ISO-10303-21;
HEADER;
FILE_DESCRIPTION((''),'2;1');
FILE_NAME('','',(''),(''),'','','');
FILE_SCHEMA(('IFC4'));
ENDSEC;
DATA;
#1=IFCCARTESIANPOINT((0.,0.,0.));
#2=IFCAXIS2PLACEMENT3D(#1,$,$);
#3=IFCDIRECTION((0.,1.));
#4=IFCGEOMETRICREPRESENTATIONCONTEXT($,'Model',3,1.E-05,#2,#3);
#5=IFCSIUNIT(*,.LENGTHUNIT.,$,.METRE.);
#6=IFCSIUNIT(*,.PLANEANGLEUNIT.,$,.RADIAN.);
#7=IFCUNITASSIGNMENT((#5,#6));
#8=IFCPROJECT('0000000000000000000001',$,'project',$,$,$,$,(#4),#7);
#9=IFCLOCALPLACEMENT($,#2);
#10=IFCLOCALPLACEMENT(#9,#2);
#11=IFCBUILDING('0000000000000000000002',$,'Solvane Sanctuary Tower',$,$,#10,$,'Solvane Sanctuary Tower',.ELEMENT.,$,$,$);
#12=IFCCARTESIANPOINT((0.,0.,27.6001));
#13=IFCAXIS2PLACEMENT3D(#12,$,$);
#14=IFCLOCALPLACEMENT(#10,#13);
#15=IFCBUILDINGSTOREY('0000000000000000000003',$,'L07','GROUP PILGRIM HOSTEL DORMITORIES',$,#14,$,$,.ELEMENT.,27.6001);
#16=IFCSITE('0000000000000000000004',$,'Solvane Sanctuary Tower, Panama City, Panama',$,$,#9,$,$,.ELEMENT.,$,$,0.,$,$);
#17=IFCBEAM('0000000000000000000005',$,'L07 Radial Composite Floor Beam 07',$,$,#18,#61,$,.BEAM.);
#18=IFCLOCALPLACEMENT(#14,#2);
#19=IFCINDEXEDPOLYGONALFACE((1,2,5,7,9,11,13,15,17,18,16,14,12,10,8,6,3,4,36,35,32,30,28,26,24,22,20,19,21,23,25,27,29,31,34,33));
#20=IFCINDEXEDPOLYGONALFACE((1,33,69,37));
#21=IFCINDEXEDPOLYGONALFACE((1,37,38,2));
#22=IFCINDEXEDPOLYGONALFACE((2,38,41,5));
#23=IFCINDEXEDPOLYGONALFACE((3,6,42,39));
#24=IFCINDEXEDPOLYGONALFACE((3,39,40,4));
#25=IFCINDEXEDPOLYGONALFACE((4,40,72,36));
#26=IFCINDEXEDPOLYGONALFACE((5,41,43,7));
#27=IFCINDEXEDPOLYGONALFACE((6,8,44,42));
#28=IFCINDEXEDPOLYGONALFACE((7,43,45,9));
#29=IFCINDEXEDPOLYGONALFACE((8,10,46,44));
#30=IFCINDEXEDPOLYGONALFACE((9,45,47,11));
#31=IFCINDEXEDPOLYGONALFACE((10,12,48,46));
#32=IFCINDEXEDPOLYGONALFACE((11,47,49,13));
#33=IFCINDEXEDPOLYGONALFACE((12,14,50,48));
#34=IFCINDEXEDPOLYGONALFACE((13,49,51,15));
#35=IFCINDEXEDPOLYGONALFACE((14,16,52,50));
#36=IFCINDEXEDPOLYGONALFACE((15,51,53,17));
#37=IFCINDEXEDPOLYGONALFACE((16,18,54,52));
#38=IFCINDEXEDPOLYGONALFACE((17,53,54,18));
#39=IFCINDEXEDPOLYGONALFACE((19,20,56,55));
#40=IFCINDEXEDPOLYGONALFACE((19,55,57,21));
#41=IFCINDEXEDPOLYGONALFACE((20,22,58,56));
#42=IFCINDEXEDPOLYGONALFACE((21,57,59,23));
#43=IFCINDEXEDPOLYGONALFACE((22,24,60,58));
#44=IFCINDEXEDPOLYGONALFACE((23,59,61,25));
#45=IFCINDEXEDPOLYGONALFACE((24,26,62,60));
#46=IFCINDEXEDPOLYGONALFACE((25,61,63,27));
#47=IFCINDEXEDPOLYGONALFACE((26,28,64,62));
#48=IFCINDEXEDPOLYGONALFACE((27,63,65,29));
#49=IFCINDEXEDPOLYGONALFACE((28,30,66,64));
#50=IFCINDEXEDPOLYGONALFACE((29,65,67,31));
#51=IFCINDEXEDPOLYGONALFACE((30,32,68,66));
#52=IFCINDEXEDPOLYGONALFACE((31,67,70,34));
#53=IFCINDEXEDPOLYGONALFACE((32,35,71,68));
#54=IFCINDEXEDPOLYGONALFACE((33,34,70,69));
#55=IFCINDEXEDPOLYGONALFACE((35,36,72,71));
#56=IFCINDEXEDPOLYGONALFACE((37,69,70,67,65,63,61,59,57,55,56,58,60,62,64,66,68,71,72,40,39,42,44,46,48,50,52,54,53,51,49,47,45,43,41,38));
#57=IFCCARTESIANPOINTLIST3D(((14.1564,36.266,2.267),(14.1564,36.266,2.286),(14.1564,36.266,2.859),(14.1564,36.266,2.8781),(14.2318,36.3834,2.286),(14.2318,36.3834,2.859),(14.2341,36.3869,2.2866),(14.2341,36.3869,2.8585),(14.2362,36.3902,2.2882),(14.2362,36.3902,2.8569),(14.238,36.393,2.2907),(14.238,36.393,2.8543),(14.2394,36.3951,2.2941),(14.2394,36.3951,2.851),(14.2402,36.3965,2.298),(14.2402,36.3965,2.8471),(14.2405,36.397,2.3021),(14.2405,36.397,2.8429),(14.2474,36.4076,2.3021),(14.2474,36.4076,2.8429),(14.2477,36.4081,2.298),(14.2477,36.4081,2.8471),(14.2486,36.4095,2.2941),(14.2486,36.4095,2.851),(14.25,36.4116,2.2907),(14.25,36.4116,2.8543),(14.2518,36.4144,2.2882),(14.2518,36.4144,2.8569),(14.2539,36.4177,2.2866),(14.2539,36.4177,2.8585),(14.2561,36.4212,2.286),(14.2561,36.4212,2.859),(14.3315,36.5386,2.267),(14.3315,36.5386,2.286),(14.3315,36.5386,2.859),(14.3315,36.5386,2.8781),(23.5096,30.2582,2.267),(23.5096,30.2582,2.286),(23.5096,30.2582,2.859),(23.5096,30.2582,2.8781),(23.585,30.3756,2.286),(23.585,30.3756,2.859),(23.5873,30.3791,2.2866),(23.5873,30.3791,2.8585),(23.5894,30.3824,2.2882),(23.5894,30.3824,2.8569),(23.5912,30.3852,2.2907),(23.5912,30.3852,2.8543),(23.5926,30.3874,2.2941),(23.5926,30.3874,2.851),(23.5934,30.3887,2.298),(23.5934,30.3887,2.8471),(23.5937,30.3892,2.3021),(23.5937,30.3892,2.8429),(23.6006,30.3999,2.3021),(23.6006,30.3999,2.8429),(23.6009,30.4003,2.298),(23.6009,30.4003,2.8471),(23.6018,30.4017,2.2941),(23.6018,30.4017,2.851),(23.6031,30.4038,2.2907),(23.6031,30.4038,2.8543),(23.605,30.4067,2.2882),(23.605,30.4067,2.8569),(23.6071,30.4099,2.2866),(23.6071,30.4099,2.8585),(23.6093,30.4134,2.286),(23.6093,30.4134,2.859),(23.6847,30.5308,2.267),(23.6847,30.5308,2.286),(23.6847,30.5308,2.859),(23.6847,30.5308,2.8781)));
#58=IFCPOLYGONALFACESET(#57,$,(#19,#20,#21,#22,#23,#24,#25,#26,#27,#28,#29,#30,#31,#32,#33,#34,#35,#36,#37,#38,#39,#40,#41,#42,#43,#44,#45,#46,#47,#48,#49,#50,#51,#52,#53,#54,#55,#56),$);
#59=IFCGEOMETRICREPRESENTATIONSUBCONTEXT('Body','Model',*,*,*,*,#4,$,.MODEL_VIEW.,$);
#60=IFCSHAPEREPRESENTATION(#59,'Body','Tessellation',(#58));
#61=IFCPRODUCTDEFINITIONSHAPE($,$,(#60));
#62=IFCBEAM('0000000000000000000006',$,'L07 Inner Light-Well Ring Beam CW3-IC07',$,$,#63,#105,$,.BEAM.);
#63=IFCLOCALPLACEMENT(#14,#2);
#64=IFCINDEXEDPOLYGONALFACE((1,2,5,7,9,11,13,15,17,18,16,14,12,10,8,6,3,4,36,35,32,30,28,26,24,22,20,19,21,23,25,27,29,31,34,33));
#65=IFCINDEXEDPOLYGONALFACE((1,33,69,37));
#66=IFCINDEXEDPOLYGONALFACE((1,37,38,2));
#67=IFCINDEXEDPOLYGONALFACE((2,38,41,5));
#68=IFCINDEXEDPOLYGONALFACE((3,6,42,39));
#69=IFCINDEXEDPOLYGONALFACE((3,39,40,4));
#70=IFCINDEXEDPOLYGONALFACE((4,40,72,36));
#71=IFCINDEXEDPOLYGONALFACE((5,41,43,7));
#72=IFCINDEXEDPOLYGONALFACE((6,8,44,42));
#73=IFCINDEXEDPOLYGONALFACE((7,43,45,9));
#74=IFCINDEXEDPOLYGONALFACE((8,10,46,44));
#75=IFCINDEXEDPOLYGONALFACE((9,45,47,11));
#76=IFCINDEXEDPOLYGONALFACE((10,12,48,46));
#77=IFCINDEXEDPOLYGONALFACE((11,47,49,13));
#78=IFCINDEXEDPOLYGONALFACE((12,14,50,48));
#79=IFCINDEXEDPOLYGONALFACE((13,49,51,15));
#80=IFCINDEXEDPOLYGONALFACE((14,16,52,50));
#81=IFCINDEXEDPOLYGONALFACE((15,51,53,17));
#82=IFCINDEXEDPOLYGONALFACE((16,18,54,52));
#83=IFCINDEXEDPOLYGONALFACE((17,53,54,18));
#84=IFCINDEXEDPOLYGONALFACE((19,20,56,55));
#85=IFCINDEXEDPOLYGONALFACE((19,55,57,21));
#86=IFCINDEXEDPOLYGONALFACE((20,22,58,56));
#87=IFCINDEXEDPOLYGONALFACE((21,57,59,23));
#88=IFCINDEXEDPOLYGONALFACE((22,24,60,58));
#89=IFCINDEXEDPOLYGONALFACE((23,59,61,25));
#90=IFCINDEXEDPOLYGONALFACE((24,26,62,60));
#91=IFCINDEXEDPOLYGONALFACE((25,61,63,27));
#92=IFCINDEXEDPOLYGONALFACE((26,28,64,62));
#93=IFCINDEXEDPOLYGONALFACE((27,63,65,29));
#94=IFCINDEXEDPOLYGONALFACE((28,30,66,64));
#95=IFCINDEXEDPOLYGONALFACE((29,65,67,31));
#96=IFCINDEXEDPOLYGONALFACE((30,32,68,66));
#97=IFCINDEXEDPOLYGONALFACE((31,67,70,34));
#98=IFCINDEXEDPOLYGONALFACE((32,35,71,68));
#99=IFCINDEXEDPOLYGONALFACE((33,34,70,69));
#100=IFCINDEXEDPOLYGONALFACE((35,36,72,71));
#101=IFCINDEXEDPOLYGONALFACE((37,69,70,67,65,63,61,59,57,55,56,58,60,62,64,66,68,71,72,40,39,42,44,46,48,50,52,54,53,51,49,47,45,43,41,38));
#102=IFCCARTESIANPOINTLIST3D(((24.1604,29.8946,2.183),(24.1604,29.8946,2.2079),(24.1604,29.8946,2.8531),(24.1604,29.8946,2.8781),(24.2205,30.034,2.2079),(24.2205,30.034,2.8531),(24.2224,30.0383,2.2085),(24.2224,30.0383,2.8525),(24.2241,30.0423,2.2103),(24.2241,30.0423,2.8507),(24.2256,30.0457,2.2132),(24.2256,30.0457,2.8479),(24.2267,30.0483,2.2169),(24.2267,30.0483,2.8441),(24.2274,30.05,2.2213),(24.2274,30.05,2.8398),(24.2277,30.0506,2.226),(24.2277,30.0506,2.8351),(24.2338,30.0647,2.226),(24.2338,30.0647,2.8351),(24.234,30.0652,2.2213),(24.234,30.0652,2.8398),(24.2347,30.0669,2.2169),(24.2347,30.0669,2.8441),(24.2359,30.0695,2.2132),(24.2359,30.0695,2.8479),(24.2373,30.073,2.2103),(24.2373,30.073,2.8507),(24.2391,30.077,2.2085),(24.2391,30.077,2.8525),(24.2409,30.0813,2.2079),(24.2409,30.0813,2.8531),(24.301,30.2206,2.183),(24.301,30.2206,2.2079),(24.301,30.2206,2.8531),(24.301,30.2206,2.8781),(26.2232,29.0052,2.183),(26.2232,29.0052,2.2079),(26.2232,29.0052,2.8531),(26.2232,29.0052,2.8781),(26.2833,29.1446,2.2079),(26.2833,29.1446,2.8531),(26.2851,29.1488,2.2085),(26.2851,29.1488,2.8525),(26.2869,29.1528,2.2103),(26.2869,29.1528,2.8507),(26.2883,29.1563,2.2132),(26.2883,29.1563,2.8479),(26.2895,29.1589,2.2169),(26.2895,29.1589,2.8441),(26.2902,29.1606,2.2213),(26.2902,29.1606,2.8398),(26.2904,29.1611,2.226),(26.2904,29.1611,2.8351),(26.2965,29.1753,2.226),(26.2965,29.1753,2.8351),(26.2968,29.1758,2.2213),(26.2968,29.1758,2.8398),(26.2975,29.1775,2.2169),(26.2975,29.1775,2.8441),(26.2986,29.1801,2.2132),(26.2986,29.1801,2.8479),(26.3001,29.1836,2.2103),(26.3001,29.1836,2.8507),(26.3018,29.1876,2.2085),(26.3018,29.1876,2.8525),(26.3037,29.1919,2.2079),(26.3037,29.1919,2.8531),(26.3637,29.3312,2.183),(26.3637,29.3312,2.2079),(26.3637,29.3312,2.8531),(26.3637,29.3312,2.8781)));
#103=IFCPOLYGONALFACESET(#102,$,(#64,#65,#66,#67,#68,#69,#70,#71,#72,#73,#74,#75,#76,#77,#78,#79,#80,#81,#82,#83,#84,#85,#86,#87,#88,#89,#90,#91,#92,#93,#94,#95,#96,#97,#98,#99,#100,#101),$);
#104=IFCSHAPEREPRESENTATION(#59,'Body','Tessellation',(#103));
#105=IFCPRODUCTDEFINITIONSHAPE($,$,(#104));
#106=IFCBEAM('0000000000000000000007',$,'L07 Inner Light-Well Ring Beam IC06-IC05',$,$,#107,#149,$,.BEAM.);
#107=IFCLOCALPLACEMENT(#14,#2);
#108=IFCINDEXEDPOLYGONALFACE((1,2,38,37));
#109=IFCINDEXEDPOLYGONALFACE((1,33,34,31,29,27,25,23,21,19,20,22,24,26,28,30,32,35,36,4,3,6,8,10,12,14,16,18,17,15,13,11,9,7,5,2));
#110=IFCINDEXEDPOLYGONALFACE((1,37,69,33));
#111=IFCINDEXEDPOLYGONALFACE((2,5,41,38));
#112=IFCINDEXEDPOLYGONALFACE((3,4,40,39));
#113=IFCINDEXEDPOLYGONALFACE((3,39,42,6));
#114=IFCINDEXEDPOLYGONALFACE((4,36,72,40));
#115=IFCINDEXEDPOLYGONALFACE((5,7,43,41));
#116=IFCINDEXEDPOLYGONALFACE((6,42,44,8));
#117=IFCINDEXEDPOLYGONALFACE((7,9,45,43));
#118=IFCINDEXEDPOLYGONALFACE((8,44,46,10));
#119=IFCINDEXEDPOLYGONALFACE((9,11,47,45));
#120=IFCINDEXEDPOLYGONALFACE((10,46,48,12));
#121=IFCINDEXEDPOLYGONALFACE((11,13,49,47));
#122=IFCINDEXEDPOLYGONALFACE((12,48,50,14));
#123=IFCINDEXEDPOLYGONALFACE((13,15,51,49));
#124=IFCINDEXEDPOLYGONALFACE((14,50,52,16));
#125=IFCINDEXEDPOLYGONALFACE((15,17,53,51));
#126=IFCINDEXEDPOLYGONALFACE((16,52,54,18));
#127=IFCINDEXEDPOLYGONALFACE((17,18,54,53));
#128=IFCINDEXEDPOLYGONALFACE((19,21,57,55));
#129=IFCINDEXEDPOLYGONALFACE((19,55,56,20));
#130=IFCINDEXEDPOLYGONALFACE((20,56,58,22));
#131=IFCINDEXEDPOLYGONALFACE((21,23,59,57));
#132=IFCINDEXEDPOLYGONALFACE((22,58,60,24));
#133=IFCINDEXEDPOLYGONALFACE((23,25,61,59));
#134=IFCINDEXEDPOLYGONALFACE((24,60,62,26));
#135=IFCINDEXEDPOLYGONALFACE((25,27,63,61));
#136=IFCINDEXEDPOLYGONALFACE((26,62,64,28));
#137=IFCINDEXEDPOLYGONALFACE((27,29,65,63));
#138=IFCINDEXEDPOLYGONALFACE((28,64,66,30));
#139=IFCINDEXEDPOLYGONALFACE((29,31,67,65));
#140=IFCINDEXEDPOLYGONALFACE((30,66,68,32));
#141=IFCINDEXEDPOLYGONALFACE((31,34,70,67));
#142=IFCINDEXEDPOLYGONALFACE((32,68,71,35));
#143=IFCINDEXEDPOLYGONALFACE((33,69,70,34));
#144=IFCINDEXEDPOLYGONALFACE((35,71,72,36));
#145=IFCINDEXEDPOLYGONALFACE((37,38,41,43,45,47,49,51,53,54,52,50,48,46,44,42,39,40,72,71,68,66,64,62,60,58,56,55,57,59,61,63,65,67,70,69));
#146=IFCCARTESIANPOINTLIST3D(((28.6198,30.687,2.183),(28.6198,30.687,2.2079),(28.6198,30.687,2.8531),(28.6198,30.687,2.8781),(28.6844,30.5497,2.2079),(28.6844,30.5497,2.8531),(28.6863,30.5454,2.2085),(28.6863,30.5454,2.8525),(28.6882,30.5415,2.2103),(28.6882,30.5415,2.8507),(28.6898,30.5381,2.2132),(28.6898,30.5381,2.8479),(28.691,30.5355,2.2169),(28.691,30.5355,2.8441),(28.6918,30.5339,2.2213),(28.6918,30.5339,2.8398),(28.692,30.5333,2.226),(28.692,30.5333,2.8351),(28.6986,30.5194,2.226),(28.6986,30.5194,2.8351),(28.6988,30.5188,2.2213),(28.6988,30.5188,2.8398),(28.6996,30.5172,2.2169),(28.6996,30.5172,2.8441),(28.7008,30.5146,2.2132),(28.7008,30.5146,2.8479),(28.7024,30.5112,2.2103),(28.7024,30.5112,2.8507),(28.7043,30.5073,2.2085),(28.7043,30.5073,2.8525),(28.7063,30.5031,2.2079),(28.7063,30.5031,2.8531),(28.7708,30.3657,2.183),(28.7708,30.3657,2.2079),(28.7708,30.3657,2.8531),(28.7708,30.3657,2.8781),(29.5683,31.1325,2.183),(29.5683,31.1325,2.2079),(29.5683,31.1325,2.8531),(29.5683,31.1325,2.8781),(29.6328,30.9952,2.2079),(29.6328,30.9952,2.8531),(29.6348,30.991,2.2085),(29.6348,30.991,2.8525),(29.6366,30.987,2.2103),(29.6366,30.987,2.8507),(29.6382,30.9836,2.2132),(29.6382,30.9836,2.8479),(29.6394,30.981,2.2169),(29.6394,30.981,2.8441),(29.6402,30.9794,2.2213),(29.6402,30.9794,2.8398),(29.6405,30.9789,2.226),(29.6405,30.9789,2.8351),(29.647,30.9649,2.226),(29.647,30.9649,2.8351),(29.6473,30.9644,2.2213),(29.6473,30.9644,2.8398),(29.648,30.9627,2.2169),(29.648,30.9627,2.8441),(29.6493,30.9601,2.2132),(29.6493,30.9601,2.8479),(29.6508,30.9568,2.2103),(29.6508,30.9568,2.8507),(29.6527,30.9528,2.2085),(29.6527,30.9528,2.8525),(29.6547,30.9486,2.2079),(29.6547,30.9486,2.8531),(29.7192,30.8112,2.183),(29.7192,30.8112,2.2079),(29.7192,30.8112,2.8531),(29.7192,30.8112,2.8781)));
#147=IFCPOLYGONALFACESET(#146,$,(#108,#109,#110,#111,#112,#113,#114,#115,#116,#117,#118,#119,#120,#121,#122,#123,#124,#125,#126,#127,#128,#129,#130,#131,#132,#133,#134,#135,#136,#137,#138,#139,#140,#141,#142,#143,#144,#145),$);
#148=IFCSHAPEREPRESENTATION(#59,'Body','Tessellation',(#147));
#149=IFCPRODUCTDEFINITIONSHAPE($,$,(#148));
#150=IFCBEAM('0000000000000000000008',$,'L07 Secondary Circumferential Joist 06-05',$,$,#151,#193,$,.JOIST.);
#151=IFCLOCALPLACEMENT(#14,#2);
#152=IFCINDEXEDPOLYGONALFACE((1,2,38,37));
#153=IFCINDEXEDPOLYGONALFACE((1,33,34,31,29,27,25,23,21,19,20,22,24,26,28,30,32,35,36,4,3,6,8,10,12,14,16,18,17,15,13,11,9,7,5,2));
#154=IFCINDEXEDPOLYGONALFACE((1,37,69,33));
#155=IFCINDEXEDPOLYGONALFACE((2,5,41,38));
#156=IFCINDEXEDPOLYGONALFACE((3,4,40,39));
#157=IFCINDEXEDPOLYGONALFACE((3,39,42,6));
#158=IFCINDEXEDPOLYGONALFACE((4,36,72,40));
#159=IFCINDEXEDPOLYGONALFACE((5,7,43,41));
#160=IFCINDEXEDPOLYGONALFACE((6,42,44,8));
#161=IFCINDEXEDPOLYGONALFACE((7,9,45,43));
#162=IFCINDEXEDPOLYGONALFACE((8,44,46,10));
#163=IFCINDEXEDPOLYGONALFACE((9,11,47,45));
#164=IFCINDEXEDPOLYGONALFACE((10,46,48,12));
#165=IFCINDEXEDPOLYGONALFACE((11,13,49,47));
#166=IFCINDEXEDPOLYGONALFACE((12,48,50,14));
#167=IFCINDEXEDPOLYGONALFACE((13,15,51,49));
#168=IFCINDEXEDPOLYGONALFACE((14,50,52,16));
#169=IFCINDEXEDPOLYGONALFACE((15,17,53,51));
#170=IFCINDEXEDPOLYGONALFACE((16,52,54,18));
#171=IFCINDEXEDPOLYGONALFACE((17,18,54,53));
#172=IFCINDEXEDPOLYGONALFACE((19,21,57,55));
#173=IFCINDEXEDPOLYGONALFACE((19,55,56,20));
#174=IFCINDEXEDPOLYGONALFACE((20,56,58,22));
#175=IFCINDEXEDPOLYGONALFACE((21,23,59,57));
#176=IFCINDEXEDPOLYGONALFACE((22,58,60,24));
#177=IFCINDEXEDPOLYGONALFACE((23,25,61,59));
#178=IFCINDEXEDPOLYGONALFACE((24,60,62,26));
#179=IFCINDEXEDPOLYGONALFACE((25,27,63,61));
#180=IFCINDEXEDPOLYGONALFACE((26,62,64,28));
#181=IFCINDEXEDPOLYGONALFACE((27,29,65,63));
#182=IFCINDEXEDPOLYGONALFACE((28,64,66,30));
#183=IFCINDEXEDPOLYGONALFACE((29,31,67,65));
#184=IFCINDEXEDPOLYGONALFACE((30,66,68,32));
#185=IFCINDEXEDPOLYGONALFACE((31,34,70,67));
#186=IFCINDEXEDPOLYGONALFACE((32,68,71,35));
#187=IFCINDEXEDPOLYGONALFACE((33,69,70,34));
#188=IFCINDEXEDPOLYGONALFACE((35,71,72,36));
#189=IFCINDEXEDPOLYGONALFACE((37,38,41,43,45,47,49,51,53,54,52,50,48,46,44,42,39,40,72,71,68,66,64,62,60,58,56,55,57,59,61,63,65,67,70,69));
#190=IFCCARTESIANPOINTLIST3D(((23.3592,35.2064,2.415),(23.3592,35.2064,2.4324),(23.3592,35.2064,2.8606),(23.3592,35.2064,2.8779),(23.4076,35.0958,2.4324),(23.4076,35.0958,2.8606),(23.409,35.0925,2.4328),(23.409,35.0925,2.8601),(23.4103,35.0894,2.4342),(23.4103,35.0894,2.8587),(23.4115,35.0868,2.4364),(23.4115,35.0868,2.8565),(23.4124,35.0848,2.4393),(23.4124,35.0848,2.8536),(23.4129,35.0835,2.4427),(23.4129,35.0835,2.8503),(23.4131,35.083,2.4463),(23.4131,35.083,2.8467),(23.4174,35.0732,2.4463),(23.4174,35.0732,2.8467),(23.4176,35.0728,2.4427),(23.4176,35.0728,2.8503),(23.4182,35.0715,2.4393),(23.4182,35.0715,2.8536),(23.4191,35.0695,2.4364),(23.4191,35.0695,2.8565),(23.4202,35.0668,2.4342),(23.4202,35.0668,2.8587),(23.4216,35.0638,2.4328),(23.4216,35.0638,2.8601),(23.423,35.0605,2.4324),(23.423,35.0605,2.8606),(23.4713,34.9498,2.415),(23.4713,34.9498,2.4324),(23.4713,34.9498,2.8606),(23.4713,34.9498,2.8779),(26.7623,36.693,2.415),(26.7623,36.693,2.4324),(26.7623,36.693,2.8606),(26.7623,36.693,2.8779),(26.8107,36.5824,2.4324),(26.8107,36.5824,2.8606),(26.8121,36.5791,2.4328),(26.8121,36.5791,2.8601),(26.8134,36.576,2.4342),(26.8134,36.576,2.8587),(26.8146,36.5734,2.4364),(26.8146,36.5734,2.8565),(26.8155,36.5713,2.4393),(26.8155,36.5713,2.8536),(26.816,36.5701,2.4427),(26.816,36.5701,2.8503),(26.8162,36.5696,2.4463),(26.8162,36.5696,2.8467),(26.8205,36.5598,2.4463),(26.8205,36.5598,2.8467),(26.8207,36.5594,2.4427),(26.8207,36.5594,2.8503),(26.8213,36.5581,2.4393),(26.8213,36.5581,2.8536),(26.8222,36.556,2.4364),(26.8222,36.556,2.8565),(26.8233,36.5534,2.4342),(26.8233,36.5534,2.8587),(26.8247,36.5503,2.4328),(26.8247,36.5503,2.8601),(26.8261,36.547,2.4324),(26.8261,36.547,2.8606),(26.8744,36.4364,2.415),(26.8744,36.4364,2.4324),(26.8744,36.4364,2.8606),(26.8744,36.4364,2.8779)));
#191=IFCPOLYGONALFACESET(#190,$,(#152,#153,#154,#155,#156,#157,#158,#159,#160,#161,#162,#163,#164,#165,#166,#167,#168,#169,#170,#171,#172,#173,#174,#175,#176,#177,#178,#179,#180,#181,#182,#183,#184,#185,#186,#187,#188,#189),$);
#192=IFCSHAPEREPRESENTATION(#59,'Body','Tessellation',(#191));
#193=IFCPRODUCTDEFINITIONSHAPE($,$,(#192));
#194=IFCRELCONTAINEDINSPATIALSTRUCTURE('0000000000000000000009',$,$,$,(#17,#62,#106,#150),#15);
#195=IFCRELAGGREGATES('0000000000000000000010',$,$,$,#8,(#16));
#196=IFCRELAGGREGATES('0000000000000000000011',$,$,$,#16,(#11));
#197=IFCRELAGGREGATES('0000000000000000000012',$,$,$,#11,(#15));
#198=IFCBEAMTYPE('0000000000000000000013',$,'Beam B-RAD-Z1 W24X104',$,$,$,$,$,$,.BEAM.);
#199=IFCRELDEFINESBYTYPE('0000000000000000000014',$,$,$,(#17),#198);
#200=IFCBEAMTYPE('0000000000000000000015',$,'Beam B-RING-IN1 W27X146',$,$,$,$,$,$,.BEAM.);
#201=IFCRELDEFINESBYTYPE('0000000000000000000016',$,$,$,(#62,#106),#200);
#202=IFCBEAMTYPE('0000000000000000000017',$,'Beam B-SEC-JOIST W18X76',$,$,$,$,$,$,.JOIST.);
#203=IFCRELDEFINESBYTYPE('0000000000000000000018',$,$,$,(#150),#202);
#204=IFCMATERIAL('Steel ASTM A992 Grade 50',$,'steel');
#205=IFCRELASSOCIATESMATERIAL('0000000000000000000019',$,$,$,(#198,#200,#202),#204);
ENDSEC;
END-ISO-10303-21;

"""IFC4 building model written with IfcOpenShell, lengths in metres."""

from ifc_helpers import new_model, si_unit, direction, frame, origin, origin_2d, place, context, subcontext, project, spatial, i_section, extrude, material, material_profile, profile_set, type_object, element, save


model = new_model("IFC4")

# Units and contexts
model_context = context("Model", 3, precision=1e-05, world=origin(), true_north=direction((0.0, 1.0)))
body_context = subcontext(model_context, "Body", "Model", "MODEL_VIEW")
ifc_project = project(units=[si_unit("LENGTHUNIT", "METRE"), si_unit("PLANEANGLEUNIT", "RADIAN")], contexts=[model_context])

# Site, building, storey
site_placement = place(None, origin())
site = spatial("IfcSite", under=ifc_project, at=site_placement, Name="Solvane Sanctuary Tower, Panama City, Panama", CompositionType="ELEMENT", RefElevation=0.0)
building_placement = place(site_placement, origin())
building = spatial("IfcBuilding", under=site, at=building_placement, Name="Solvane Sanctuary Tower", LongName="Solvane Sanctuary Tower", CompositionType="ELEMENT")
storey_placement = place(building_placement, frame((0.0, 0.0, 27.6001)))
storey = spatial("IfcBuildingStorey", under=building, at=storey_placement, Name="L07", Description="GROUP PILGRIM HOSTEL DORMITORIES", CompositionType="ELEMENT", Elevation=27.6001)

# Beams
ifc_material_1 = material(Name="Steel ASTM A992 Grade 50", Category="steel")
ifc_material_profile_1 = material_profile(ifc_material_1, i_section(OverallWidth=0.324, OverallDepth=0.6111, WebThickness=0.0127, FlangeThickness=0.019, FilletRadius=0.0161, at=origin_2d()), Name="W24X104")
ifc_profile_set_1 = profile_set([ifc_material_profile_1], Name="Steel ASTM A992 Grade 50")
beam_type_1 = type_object("IfcBeamType", Name="Beam B-RAD-Z1 W24X104", PredefinedType="BEAM", material=ifc_profile_set_1)
beam_1_placement = place(storey_placement, frame((23.5972, 30.3945, 2.5725), z_axis=(-0.841383, 0.540439, 0.0), x_axis=(-0.540439, -0.841383, 0.0)))
element("IfcBeam", 1, at=beam_1_placement, inside=storey, type_object=beam_type_1, Name="L07 Radial Composite Floor Beam 07", PredefinedType="BEAM", context=body_context, shape_type="SweptSolid", body=[
    extrude(i_section(OverallWidth=0.324, OverallDepth=0.6111, WebThickness=0.0127, FlangeThickness=0.019, FilletRadius=0.0161, at=origin_2d()), origin(), (0.0, 0.0, 1.0), 11.1165),
])
ifc_material_profile_2 = material_profile(ifc_material_1, i_section(OverallWidth=0.355, OverallDepth=0.6951, WebThickness=0.0154, FlangeThickness=0.0249, FilletRadius=0.0181, at=origin_2d()), Name="W27X146")
ifc_profile_set_2 = profile_set([ifc_material_profile_2], Name="Steel ASTM A992 Grade 50")
beam_type_2 = type_object("IfcBeamType", Name="Beam B-RING-IN1 W27X146", PredefinedType="BEAM", material=ifc_profile_set_2)
beam_2_placement = place(storey_placement, frame((24.2307, 30.0576, 2.5305), z_axis=(0.918277, -0.395938, 0.0), x_axis=(0.395938, 0.918277, 0.0)))
element("IfcBeam", 2, at=beam_2_placement, inside=storey, type_object=beam_type_2, Name="L07 Inner Light-Well Ring Beam CW3-IC07", PredefinedType="BEAM", context=body_context, shape_type="SweptSolid", body=[
    extrude(i_section(OverallWidth=0.355, OverallDepth=0.6951, WebThickness=0.0154, FlangeThickness=0.0249, FilletRadius=0.0181, at=origin_2d()), origin(), (0.0, 0.0, 1.0), 2.2463),
])
beam_3_placement = place(storey_placement, frame((28.6953, 30.5264, 2.5305), z_axis=(0.905109, 0.42518, 0.0), x_axis=(-0.42518, 0.905109, 0.0)))
element("IfcBeam", 3, at=beam_3_placement, inside=storey, type_object=beam_type_2, Name="L07 Inner Light-Well Ring Beam IC06-IC05", PredefinedType="BEAM", context=body_context, shape_type="SweptSolid", body=[
    extrude(i_section(OverallWidth=0.355, OverallDepth=0.6951, WebThickness=0.0154, FlangeThickness=0.0249, FilletRadius=0.0181, at=origin_2d()), origin(), (0.0, 0.0, 1.0), 1.0479),
])
ifc_material_profile_3 = material_profile(ifc_material_1, i_section(OverallWidth=0.28, OverallDepth=0.4629, WebThickness=0.0107, FlangeThickness=0.0173, FilletRadius=0.0139, at=origin_2d()), Name="W18X76")
ifc_profile_set_3 = profile_set([ifc_material_profile_3], Name="Steel ASTM A992 Grade 50")
beam_type_3 = type_object("IfcBeamType", Name="Beam B-SEC-JOIST W18X76", PredefinedType="JOIST", material=ifc_profile_set_3)
beam_4_placement = place(storey_placement, frame((23.4153, 35.0781, 2.6465), z_axis=(0.916382, 0.400305, 0.0), x_axis=(-0.400305, 0.916382, 0.0)))
element("IfcBeam", 4, at=beam_4_placement, inside=storey, type_object=beam_type_3, Name="L07 Secondary Circumferential Joist 06-05", PredefinedType="JOIST", context=body_context, shape_type="SweptSolid", body=[
    extrude(i_section(OverallWidth=0.28, OverallDepth=0.4629, WebThickness=0.0107, FlangeThickness=0.0173, FilletRadius=0.0139, at=origin_2d()), origin(), (0.0, 0.0, 1.0), 3.7136),
])

save(model, "model.ifc")
